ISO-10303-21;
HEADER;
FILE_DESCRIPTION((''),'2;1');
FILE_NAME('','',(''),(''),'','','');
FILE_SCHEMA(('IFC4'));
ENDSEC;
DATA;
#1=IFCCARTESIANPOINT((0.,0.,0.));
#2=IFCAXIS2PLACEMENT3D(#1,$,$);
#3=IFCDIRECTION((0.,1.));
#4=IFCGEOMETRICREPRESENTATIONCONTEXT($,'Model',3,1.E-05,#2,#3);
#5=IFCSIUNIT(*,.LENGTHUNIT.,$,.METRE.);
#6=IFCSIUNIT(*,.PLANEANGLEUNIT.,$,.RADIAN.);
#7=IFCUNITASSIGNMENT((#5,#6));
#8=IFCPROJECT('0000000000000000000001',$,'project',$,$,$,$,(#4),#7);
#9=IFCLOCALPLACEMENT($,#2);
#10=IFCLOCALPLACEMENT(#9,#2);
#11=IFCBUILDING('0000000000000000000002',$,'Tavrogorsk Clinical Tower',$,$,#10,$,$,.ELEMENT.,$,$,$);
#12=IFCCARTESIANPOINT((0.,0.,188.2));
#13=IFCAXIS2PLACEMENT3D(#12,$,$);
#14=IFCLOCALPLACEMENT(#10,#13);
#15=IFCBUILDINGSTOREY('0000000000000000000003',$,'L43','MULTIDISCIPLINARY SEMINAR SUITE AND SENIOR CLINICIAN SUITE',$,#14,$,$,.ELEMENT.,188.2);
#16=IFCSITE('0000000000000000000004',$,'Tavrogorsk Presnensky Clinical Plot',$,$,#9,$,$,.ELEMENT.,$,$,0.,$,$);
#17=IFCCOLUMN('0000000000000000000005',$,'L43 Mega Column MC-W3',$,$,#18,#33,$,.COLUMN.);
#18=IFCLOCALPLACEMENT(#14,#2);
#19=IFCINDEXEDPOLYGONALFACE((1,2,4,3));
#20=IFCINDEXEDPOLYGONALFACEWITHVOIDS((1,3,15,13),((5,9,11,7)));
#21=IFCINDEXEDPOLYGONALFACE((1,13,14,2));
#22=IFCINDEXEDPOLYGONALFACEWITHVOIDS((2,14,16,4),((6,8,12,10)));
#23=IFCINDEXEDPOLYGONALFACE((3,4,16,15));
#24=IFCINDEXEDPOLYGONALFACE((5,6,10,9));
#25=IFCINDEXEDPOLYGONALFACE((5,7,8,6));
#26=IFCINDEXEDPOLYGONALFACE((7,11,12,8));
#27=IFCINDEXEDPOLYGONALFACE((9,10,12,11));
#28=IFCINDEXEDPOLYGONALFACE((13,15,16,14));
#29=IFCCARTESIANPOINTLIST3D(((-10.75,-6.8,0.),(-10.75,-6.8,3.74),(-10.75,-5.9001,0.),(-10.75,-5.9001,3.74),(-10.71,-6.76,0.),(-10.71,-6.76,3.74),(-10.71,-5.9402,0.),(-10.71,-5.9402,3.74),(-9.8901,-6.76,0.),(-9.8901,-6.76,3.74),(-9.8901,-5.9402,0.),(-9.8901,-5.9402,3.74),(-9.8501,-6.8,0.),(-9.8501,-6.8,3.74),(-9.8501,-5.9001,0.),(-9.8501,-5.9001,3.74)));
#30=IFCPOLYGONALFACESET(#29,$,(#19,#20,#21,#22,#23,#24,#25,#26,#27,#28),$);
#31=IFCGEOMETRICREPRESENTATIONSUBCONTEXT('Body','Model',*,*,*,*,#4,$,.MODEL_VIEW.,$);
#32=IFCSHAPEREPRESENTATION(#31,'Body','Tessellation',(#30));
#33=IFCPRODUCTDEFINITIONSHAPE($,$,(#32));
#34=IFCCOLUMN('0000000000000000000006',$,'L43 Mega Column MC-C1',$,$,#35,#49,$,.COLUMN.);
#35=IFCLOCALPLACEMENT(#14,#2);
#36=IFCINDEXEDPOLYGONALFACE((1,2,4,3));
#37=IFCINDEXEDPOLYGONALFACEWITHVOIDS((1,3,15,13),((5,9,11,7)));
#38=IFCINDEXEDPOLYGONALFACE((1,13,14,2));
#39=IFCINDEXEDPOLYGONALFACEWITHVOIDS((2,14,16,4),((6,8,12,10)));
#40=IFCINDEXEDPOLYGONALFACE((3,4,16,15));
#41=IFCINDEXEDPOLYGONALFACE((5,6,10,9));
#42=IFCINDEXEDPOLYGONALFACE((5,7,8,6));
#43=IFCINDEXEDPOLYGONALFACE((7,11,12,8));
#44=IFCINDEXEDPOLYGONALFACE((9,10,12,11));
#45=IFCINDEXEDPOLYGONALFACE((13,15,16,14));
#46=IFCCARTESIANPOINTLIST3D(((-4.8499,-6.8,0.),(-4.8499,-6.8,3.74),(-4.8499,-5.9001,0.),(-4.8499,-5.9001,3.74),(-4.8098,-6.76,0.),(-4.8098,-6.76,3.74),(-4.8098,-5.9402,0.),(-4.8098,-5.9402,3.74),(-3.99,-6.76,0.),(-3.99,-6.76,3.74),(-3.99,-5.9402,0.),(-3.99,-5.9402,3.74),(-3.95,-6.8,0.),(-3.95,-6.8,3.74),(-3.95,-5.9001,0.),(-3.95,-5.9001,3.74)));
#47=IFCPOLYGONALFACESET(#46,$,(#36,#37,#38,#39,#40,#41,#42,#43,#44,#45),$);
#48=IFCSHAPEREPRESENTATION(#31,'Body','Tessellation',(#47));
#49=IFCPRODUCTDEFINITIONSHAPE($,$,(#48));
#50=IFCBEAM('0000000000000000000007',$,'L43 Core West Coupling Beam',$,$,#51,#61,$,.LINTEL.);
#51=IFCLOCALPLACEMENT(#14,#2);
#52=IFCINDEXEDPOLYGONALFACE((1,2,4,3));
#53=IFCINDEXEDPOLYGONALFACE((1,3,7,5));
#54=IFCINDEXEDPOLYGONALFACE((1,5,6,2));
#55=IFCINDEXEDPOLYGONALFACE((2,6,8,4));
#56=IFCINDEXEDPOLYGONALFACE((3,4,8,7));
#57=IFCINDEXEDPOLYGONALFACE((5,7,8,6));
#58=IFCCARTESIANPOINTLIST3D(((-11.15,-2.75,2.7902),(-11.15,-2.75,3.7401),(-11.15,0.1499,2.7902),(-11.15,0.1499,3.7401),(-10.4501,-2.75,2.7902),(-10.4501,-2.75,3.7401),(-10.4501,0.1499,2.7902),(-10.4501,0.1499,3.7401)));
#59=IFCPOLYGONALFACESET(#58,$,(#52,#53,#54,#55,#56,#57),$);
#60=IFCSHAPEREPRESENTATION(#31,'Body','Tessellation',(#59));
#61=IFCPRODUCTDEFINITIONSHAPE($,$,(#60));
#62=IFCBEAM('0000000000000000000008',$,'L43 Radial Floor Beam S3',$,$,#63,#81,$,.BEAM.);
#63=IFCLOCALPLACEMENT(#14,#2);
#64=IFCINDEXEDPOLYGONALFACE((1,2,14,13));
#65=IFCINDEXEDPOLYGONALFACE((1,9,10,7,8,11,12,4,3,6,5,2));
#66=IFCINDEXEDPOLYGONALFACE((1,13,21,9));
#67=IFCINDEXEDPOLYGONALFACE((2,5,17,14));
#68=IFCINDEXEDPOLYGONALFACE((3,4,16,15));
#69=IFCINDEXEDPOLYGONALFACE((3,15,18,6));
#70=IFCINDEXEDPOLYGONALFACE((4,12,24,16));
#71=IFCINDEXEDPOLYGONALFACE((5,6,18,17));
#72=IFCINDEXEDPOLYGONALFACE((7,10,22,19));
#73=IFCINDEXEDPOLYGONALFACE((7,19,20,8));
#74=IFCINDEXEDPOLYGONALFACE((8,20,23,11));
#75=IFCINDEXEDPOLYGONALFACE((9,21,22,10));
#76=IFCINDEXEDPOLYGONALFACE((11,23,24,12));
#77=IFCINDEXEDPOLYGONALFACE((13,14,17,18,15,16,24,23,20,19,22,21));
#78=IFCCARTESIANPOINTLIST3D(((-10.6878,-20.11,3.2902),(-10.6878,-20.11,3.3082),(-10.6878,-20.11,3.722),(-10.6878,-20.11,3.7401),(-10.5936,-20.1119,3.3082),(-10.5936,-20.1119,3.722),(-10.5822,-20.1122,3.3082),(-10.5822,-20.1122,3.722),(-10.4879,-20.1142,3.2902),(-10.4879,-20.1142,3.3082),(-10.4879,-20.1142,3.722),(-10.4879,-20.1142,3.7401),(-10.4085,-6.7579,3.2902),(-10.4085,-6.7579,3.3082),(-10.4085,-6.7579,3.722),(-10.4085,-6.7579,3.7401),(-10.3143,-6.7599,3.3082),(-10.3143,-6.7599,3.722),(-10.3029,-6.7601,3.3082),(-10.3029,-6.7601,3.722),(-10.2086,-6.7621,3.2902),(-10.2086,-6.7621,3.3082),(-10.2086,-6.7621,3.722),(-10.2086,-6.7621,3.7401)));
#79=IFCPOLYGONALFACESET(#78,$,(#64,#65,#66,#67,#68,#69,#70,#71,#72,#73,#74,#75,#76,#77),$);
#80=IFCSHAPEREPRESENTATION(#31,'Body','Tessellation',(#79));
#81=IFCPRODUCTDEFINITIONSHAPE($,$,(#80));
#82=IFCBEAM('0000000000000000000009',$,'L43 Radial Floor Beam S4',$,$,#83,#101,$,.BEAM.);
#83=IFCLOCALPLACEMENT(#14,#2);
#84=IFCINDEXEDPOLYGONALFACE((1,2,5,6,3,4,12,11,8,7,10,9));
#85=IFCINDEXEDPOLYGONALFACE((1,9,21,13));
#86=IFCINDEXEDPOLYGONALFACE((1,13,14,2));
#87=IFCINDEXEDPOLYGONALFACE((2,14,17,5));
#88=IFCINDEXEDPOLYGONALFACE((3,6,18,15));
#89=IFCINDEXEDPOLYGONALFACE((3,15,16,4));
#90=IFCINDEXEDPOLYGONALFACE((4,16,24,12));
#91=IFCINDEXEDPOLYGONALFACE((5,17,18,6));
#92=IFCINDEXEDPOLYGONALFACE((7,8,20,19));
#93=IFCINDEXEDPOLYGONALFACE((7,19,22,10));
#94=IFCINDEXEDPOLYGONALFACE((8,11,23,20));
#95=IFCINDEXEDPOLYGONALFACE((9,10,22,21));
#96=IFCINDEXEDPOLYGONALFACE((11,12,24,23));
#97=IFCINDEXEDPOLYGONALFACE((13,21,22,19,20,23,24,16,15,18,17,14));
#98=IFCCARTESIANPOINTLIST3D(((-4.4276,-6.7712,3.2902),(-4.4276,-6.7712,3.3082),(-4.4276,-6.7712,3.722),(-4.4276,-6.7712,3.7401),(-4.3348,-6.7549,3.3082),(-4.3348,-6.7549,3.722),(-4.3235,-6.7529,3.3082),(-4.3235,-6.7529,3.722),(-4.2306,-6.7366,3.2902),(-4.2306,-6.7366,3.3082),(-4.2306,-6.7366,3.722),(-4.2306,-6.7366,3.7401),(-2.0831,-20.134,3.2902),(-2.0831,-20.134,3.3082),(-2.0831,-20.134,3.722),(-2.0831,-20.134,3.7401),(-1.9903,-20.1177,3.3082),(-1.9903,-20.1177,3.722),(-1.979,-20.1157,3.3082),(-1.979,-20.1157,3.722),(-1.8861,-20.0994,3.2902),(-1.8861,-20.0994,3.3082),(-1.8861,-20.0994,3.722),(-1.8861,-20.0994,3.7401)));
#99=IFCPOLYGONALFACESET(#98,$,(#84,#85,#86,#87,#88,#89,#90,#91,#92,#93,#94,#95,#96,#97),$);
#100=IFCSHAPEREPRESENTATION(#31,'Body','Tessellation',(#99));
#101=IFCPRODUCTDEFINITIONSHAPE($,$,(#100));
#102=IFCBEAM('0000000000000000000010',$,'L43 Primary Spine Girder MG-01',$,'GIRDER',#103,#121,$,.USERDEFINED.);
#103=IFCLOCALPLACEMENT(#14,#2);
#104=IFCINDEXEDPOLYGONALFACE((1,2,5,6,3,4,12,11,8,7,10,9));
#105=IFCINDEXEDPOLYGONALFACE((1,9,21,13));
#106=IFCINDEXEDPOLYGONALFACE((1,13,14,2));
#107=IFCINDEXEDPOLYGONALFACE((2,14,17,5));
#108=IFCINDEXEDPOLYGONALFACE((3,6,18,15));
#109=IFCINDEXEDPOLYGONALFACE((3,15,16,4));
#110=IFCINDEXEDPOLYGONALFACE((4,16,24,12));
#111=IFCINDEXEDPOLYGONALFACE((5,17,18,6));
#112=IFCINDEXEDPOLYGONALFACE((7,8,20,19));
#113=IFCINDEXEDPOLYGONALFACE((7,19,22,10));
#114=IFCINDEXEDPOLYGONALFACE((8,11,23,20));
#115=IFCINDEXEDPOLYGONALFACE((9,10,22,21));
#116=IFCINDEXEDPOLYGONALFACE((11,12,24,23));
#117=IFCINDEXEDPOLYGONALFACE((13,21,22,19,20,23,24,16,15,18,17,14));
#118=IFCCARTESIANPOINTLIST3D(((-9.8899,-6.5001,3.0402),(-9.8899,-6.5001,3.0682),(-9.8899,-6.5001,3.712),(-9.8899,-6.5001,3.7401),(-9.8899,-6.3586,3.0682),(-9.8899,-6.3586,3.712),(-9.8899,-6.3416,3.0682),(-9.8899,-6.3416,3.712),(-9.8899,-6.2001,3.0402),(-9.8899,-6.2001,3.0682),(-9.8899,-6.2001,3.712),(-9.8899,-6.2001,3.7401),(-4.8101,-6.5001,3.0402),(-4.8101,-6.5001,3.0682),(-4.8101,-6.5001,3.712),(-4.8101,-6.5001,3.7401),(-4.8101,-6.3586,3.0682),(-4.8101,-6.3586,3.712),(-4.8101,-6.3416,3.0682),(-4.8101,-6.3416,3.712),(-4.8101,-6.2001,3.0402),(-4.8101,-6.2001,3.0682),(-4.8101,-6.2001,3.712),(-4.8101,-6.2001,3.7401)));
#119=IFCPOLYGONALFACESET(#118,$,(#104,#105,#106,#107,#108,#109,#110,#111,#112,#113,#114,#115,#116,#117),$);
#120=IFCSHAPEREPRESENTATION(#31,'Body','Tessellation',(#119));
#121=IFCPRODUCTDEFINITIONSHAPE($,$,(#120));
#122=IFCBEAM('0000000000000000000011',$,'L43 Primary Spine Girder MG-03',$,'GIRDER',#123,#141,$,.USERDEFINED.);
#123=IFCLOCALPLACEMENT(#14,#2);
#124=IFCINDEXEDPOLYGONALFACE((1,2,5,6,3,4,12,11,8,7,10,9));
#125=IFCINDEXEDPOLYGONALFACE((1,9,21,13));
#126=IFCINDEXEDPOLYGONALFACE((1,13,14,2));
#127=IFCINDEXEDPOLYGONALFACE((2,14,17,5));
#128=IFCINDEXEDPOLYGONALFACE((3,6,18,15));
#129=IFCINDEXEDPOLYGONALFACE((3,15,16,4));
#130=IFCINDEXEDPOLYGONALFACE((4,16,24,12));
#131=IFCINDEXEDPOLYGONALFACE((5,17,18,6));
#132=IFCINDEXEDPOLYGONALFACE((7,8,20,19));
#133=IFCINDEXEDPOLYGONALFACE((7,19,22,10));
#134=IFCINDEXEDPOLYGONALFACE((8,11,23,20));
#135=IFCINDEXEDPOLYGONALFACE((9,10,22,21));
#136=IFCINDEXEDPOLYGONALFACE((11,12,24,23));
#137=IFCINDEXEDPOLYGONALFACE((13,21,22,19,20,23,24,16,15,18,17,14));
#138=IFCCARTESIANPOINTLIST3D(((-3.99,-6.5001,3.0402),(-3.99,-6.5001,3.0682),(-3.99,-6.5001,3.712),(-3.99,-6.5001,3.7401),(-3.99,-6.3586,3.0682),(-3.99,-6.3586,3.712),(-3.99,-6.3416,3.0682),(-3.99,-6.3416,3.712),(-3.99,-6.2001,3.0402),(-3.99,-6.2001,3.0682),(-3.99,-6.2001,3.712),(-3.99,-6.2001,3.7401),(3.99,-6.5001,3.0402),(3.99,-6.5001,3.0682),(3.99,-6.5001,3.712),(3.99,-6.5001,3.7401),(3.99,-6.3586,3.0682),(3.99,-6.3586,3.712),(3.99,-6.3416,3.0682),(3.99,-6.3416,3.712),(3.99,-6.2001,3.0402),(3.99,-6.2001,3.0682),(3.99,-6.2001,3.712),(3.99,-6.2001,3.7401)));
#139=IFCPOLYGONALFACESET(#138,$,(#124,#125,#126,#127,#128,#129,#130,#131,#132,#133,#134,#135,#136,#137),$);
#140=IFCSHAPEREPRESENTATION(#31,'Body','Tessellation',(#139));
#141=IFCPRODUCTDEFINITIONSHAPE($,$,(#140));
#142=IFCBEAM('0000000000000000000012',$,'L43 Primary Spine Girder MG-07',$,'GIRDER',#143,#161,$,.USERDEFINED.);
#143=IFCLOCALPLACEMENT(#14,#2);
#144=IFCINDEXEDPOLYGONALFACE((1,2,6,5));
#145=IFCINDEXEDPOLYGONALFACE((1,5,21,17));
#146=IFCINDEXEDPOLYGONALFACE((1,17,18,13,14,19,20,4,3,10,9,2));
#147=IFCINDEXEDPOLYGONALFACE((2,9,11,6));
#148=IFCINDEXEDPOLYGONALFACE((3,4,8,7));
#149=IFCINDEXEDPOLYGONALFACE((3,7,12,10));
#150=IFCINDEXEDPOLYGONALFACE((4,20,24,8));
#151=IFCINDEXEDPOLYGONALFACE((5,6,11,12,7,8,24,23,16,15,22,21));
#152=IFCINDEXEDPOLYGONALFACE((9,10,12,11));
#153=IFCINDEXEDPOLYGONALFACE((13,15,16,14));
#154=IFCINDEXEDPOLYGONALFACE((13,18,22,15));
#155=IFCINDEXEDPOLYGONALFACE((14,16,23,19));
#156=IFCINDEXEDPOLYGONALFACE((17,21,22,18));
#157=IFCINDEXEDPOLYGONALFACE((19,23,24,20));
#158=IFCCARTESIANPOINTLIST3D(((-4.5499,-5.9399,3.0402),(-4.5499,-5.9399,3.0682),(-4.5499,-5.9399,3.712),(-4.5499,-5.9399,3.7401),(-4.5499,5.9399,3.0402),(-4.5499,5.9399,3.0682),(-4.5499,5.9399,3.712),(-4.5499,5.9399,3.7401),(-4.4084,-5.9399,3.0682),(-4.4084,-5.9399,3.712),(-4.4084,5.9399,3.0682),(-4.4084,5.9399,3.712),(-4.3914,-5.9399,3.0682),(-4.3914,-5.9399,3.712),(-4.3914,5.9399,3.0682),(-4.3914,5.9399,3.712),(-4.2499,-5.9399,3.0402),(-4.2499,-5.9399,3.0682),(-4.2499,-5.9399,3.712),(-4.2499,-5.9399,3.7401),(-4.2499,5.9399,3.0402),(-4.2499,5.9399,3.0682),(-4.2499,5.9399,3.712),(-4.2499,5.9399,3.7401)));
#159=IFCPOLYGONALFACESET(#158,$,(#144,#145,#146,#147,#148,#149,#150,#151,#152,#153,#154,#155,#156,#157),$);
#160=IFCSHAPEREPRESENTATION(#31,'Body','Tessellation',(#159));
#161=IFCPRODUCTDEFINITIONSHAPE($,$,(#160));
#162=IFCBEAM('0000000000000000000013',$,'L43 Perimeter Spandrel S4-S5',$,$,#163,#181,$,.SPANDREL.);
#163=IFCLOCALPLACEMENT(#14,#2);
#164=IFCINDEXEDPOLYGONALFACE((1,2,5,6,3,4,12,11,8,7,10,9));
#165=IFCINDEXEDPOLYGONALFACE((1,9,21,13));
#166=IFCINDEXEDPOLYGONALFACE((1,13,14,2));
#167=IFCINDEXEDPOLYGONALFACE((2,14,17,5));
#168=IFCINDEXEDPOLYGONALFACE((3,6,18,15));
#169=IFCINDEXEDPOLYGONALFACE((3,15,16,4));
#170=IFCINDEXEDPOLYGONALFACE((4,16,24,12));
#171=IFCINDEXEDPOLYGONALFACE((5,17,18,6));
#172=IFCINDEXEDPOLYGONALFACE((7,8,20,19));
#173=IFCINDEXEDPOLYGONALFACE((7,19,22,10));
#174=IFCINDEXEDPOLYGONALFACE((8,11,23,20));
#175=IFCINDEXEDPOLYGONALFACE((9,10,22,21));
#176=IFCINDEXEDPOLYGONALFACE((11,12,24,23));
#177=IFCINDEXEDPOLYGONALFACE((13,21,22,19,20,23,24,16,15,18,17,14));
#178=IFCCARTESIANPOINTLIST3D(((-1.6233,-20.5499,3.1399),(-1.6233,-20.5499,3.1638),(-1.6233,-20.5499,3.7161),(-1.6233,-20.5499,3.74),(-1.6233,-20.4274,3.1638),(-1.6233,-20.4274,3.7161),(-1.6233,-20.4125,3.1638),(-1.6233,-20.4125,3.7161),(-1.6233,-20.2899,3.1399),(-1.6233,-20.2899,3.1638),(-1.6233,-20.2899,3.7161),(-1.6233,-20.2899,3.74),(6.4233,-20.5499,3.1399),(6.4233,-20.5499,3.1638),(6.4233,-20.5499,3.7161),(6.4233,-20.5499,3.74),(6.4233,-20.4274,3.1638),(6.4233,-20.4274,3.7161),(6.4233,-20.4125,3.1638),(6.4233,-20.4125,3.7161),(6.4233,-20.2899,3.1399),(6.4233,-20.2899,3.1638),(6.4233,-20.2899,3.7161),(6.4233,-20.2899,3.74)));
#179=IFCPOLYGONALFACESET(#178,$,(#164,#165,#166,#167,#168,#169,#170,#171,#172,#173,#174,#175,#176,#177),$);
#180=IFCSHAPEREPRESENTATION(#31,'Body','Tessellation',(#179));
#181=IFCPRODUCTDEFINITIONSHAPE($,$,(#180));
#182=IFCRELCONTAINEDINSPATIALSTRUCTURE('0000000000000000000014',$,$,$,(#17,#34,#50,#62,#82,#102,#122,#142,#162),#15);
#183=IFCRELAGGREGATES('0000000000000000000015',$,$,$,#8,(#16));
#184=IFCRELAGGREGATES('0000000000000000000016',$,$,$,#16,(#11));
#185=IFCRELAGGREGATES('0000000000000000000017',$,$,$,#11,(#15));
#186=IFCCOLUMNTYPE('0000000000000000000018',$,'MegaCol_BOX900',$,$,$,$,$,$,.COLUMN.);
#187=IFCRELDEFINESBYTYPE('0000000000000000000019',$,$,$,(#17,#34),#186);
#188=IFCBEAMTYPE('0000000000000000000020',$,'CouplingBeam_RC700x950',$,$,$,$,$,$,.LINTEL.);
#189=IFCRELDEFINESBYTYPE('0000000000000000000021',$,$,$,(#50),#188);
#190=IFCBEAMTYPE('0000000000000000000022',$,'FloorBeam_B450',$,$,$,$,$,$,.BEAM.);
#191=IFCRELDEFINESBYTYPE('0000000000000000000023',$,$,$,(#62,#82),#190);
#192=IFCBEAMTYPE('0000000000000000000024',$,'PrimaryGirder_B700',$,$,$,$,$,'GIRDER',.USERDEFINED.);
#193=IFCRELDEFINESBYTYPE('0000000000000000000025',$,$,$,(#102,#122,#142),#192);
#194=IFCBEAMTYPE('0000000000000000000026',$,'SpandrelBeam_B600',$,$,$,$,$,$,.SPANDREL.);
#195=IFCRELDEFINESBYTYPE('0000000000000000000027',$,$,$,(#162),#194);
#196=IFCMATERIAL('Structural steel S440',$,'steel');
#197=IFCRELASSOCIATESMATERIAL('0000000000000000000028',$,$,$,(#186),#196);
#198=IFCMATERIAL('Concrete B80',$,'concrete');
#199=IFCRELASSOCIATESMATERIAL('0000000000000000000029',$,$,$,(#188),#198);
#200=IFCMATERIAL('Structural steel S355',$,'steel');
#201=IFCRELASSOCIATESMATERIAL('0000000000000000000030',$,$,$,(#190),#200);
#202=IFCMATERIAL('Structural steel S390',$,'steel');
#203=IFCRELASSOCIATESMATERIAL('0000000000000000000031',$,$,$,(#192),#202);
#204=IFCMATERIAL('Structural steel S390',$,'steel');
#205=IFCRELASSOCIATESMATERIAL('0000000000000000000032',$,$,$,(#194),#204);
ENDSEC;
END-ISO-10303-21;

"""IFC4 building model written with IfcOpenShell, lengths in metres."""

from ifc_helpers import new_model, si_unit, direction, frame, origin, origin_2d, place, context, subcontext, project, spatial, rectangle, hollow_rectangle, i_section, extrude, material, material_profile, profile_set, type_object, element, save


model = new_model("IFC4")

# Units and contexts
model_context = context("Model", 3, precision=1e-05, world=origin(), true_north=direction((0.0, 1.0)))
body_context = subcontext(model_context, "Body", "Model", "MODEL_VIEW")
ifc_project = project(units=[si_unit("LENGTHUNIT", "METRE"), si_unit("PLANEANGLEUNIT", "RADIAN")], contexts=[model_context])

# Site, building, storey
site_placement = place(None, origin())
site = spatial("IfcSite", under=ifc_project, at=site_placement, Name="Tavrogorsk Presnensky Clinical Plot", CompositionType="ELEMENT", RefElevation=0.0)
building_placement = place(site_placement, origin())
building = spatial("IfcBuilding", under=site, at=building_placement, Name="Tavrogorsk Clinical Tower", CompositionType="ELEMENT")
storey_placement = place(building_placement, frame((0.0, 0.0, 188.2)))
storey = spatial("IfcBuildingStorey", under=building, at=storey_placement, Name="L43", Description="MULTIDISCIPLINARY SEMINAR SUITE AND SENIOR CLINICIAN SUITE", CompositionType="ELEMENT", Elevation=188.2)

# Columns
ifc_material_1 = material(Name="Structural steel S440", Category="steel")
ifc_material_profile_1 = material_profile(ifc_material_1, hollow_rectangle(XDim=0.8999, YDim=0.8999, WallThickness=0.04, at=origin_2d()), Name="BOX-900x900x40")
ifc_profile_set_1 = profile_set([ifc_material_profile_1], Name="Structural steel S440")
column_type = type_object("IfcColumnType", Name="MegaCol_BOX900", PredefinedType="COLUMN", material=ifc_profile_set_1)
for number, where, z_axis, x_axis, name in (
    (1, (-10.3, -6.3501, 0.0), (0.0, 0.0, 1.0), (1.0, 0.0, 0.0), "L43 Mega Column MC-W3"),
    (2, (-4.3999, -6.3501, 0.0), (0.0, 0.0, 1.0), (1.0, 0.0, 0.0), "L43 Mega Column MC-C1"),
):
    element("IfcColumn", number, at=place(storey_placement, frame(where, z_axis=z_axis, x_axis=x_axis)), inside=storey, type_object=column_type, Name=name, PredefinedType="COLUMN", context=body_context, shape_type="SweptSolid", body=[
        extrude(hollow_rectangle(XDim=0.8999, YDim=0.8999, WallThickness=0.04, at=origin_2d()), origin(), (0.0, 0.0, 1.0), 3.74),
    ])

# Beams
ifc_material_2 = material(Name="Concrete B80", Category="concrete")
ifc_material_profile_2 = material_profile(ifc_material_2, rectangle(XDim=0.7, YDim=0.95, at=origin_2d()), Name="RC-CB-700x950")
ifc_profile_set_2 = profile_set([ifc_material_profile_2], Name="Concrete B80")
beam_type_1 = type_object("IfcBeamType", Name="CouplingBeam_RC700x950", PredefinedType="LINTEL", material=ifc_profile_set_2)
beam_1_placement = place(storey_placement, frame((-10.8, -2.75, 3.2651), z_axis=(0.0, 1.0, 0.0), x_axis=(-1.0, 0.0, 0.0)))
element("IfcBeam", 3, at=beam_1_placement, inside=storey, type_object=beam_type_1, Name="L43 Core West Coupling Beam", PredefinedType="LINTEL", context=body_context, shape_type="SweptSolid", body=[
    extrude(rectangle(XDim=0.7, YDim=0.95, at=origin_2d()), origin(), (0.0, 0.0, 1.0), 2.8999),
])
ifc_material_3 = material(Name="Structural steel S355", Category="steel")
ifc_material_profile_3 = material_profile(ifc_material_3, i_section(OverallWidth=0.2, OverallDepth=0.45, WebThickness=0.0115, FlangeThickness=0.0181, at=origin_2d()), Name="B-450x200x11.5x18")
ifc_profile_set_3 = profile_set([ifc_material_profile_3], Name="Structural steel S355")
beam_type_2 = type_object("IfcBeamType", Name="FloorBeam_B450", PredefinedType="BEAM", material=ifc_profile_set_3)
beam_2_placement = place(storey_placement, frame((-10.3086, -6.76, 3.5151), z_axis=(-0.020913, -0.999781, 0.0), x_axis=(0.999781, -0.020913, 0.0)))
element("IfcBeam", 4, at=beam_2_placement, inside=storey, type_object=beam_type_2, Name="L43 Radial Floor Beam S3", PredefinedType="BEAM", context=body_context, shape_type="SweptSolid", body=[
    extrude(i_section(OverallWidth=0.2, OverallDepth=0.45, WebThickness=0.0115, FlangeThickness=0.0181, at=origin_2d()), origin(), (0.0, 0.0, 1.0), 13.355),
])
beam_3_placement = place(storey_placement, frame((-4.3291, -6.7539, 3.5151), z_axis=(0.172809, -0.984955, 0.0), x_axis=(0.984955, 0.172809, 0.0)))
element("IfcBeam", 5, at=beam_3_placement, inside=storey, type_object=beam_type_2, Name="L43 Radial Floor Beam S4", PredefinedType="BEAM", context=body_context, shape_type="SweptSolid", body=[
    extrude(i_section(OverallWidth=0.2, OverallDepth=0.45, WebThickness=0.0115, FlangeThickness=0.0181, at=origin_2d()), origin(), (0.0, 0.0, 1.0), 13.5669),
])
ifc_material_4 = material(Name="Structural steel S390", Category="steel")
ifc_material_profile_4 = material_profile(ifc_material_4, i_section(OverallWidth=0.3, OverallDepth=0.7, WebThickness=0.0171, FlangeThickness=0.0281, at=origin_2d()), Name="B-700x300x17x28")
ifc_profile_set_4 = profile_set([ifc_material_profile_4], Name="Structural steel S390")
beam_type_3 = type_object("IfcBeamType", Name="PrimaryGirder_B700", ElementType="GIRDER", PredefinedType="USERDEFINED", material=ifc_profile_set_4)
beam_4_placement = place(storey_placement, frame((-9.8899, -6.3501, 3.3901), z_axis=(1.0, 0.0, 0.0), x_axis=(0.0, 1.0, 0.0)))
element("IfcBeam", 6, at=beam_4_placement, inside=storey, type_object=beam_type_3, Name="L43 Primary Spine Girder MG-01", ObjectType="GIRDER", PredefinedType="USERDEFINED", context=body_context, shape_type="SweptSolid", body=[
    extrude(i_section(OverallWidth=0.3, OverallDepth=0.7, WebThickness=0.0171, FlangeThickness=0.0281, at=origin_2d()), origin(), (0.0, 0.0, 1.0), 5.0798),
])
beam_5_placement = place(storey_placement, frame((-3.99, -6.3501, 3.3901), z_axis=(1.0, 0.0, 0.0), x_axis=(0.0, 1.0, 0.0)))
element("IfcBeam", 7, at=beam_5_placement, inside=storey, type_object=beam_type_3, Name="L43 Primary Spine Girder MG-03", ObjectType="GIRDER", PredefinedType="USERDEFINED", context=body_context, shape_type="SweptSolid", body=[
    extrude(i_section(OverallWidth=0.3, OverallDepth=0.7, WebThickness=0.0171, FlangeThickness=0.0281, at=origin_2d()), origin(), (0.0, 0.0, 1.0), 7.98),
])
beam_6_placement = place(storey_placement, frame((-4.3999, -5.9399, 3.3901), z_axis=(0.0, 1.0, 0.0), x_axis=(-1.0, 0.0, 0.0)))
element("IfcBeam", 8, at=beam_6_placement, inside=storey, type_object=beam_type_3, Name="L43 Primary Spine Girder MG-07", ObjectType="GIRDER", PredefinedType="USERDEFINED", context=body_context, shape_type="SweptSolid", body=[
    extrude(i_section(OverallWidth=0.3, OverallDepth=0.7, WebThickness=0.0171, FlangeThickness=0.0281, at=origin_2d()), origin(), (0.0, 0.0, 1.0), 11.8799),
])
ifc_material_5 = material(Name="Structural steel S390", Category="steel")
ifc_material_profile_5 = material_profile(ifc_material_5, i_section(OverallWidth=0.26, OverallDepth=0.6001, WebThickness=0.0149, FlangeThickness=0.0239, at=origin_2d()), Name="B-600x260x15x24")
ifc_profile_set_5 = profile_set([ifc_material_profile_5], Name="Structural steel S390")
beam_type_4 = type_object("IfcBeamType", Name="SpandrelBeam_B600", PredefinedType="SPANDREL", material=ifc_profile_set_5)
beam_7_placement = place(storey_placement, frame((-1.6233, -20.4199, 3.4399), z_axis=(1.0, 0.0, 0.0), x_axis=(0.0, 1.0, 0.0)))
element("IfcBeam", 9, at=beam_7_placement, inside=storey, type_object=beam_type_4, Name="L43 Perimeter Spandrel S4-S5", PredefinedType="SPANDREL", context=body_context, shape_type="SweptSolid", body=[
    extrude(i_section(OverallWidth=0.26, OverallDepth=0.6001, WebThickness=0.0149, FlangeThickness=0.0239, at=origin_2d()), origin(), (0.0, 0.0, 1.0), 8.0466),
])

save(model, "model.ifc")
